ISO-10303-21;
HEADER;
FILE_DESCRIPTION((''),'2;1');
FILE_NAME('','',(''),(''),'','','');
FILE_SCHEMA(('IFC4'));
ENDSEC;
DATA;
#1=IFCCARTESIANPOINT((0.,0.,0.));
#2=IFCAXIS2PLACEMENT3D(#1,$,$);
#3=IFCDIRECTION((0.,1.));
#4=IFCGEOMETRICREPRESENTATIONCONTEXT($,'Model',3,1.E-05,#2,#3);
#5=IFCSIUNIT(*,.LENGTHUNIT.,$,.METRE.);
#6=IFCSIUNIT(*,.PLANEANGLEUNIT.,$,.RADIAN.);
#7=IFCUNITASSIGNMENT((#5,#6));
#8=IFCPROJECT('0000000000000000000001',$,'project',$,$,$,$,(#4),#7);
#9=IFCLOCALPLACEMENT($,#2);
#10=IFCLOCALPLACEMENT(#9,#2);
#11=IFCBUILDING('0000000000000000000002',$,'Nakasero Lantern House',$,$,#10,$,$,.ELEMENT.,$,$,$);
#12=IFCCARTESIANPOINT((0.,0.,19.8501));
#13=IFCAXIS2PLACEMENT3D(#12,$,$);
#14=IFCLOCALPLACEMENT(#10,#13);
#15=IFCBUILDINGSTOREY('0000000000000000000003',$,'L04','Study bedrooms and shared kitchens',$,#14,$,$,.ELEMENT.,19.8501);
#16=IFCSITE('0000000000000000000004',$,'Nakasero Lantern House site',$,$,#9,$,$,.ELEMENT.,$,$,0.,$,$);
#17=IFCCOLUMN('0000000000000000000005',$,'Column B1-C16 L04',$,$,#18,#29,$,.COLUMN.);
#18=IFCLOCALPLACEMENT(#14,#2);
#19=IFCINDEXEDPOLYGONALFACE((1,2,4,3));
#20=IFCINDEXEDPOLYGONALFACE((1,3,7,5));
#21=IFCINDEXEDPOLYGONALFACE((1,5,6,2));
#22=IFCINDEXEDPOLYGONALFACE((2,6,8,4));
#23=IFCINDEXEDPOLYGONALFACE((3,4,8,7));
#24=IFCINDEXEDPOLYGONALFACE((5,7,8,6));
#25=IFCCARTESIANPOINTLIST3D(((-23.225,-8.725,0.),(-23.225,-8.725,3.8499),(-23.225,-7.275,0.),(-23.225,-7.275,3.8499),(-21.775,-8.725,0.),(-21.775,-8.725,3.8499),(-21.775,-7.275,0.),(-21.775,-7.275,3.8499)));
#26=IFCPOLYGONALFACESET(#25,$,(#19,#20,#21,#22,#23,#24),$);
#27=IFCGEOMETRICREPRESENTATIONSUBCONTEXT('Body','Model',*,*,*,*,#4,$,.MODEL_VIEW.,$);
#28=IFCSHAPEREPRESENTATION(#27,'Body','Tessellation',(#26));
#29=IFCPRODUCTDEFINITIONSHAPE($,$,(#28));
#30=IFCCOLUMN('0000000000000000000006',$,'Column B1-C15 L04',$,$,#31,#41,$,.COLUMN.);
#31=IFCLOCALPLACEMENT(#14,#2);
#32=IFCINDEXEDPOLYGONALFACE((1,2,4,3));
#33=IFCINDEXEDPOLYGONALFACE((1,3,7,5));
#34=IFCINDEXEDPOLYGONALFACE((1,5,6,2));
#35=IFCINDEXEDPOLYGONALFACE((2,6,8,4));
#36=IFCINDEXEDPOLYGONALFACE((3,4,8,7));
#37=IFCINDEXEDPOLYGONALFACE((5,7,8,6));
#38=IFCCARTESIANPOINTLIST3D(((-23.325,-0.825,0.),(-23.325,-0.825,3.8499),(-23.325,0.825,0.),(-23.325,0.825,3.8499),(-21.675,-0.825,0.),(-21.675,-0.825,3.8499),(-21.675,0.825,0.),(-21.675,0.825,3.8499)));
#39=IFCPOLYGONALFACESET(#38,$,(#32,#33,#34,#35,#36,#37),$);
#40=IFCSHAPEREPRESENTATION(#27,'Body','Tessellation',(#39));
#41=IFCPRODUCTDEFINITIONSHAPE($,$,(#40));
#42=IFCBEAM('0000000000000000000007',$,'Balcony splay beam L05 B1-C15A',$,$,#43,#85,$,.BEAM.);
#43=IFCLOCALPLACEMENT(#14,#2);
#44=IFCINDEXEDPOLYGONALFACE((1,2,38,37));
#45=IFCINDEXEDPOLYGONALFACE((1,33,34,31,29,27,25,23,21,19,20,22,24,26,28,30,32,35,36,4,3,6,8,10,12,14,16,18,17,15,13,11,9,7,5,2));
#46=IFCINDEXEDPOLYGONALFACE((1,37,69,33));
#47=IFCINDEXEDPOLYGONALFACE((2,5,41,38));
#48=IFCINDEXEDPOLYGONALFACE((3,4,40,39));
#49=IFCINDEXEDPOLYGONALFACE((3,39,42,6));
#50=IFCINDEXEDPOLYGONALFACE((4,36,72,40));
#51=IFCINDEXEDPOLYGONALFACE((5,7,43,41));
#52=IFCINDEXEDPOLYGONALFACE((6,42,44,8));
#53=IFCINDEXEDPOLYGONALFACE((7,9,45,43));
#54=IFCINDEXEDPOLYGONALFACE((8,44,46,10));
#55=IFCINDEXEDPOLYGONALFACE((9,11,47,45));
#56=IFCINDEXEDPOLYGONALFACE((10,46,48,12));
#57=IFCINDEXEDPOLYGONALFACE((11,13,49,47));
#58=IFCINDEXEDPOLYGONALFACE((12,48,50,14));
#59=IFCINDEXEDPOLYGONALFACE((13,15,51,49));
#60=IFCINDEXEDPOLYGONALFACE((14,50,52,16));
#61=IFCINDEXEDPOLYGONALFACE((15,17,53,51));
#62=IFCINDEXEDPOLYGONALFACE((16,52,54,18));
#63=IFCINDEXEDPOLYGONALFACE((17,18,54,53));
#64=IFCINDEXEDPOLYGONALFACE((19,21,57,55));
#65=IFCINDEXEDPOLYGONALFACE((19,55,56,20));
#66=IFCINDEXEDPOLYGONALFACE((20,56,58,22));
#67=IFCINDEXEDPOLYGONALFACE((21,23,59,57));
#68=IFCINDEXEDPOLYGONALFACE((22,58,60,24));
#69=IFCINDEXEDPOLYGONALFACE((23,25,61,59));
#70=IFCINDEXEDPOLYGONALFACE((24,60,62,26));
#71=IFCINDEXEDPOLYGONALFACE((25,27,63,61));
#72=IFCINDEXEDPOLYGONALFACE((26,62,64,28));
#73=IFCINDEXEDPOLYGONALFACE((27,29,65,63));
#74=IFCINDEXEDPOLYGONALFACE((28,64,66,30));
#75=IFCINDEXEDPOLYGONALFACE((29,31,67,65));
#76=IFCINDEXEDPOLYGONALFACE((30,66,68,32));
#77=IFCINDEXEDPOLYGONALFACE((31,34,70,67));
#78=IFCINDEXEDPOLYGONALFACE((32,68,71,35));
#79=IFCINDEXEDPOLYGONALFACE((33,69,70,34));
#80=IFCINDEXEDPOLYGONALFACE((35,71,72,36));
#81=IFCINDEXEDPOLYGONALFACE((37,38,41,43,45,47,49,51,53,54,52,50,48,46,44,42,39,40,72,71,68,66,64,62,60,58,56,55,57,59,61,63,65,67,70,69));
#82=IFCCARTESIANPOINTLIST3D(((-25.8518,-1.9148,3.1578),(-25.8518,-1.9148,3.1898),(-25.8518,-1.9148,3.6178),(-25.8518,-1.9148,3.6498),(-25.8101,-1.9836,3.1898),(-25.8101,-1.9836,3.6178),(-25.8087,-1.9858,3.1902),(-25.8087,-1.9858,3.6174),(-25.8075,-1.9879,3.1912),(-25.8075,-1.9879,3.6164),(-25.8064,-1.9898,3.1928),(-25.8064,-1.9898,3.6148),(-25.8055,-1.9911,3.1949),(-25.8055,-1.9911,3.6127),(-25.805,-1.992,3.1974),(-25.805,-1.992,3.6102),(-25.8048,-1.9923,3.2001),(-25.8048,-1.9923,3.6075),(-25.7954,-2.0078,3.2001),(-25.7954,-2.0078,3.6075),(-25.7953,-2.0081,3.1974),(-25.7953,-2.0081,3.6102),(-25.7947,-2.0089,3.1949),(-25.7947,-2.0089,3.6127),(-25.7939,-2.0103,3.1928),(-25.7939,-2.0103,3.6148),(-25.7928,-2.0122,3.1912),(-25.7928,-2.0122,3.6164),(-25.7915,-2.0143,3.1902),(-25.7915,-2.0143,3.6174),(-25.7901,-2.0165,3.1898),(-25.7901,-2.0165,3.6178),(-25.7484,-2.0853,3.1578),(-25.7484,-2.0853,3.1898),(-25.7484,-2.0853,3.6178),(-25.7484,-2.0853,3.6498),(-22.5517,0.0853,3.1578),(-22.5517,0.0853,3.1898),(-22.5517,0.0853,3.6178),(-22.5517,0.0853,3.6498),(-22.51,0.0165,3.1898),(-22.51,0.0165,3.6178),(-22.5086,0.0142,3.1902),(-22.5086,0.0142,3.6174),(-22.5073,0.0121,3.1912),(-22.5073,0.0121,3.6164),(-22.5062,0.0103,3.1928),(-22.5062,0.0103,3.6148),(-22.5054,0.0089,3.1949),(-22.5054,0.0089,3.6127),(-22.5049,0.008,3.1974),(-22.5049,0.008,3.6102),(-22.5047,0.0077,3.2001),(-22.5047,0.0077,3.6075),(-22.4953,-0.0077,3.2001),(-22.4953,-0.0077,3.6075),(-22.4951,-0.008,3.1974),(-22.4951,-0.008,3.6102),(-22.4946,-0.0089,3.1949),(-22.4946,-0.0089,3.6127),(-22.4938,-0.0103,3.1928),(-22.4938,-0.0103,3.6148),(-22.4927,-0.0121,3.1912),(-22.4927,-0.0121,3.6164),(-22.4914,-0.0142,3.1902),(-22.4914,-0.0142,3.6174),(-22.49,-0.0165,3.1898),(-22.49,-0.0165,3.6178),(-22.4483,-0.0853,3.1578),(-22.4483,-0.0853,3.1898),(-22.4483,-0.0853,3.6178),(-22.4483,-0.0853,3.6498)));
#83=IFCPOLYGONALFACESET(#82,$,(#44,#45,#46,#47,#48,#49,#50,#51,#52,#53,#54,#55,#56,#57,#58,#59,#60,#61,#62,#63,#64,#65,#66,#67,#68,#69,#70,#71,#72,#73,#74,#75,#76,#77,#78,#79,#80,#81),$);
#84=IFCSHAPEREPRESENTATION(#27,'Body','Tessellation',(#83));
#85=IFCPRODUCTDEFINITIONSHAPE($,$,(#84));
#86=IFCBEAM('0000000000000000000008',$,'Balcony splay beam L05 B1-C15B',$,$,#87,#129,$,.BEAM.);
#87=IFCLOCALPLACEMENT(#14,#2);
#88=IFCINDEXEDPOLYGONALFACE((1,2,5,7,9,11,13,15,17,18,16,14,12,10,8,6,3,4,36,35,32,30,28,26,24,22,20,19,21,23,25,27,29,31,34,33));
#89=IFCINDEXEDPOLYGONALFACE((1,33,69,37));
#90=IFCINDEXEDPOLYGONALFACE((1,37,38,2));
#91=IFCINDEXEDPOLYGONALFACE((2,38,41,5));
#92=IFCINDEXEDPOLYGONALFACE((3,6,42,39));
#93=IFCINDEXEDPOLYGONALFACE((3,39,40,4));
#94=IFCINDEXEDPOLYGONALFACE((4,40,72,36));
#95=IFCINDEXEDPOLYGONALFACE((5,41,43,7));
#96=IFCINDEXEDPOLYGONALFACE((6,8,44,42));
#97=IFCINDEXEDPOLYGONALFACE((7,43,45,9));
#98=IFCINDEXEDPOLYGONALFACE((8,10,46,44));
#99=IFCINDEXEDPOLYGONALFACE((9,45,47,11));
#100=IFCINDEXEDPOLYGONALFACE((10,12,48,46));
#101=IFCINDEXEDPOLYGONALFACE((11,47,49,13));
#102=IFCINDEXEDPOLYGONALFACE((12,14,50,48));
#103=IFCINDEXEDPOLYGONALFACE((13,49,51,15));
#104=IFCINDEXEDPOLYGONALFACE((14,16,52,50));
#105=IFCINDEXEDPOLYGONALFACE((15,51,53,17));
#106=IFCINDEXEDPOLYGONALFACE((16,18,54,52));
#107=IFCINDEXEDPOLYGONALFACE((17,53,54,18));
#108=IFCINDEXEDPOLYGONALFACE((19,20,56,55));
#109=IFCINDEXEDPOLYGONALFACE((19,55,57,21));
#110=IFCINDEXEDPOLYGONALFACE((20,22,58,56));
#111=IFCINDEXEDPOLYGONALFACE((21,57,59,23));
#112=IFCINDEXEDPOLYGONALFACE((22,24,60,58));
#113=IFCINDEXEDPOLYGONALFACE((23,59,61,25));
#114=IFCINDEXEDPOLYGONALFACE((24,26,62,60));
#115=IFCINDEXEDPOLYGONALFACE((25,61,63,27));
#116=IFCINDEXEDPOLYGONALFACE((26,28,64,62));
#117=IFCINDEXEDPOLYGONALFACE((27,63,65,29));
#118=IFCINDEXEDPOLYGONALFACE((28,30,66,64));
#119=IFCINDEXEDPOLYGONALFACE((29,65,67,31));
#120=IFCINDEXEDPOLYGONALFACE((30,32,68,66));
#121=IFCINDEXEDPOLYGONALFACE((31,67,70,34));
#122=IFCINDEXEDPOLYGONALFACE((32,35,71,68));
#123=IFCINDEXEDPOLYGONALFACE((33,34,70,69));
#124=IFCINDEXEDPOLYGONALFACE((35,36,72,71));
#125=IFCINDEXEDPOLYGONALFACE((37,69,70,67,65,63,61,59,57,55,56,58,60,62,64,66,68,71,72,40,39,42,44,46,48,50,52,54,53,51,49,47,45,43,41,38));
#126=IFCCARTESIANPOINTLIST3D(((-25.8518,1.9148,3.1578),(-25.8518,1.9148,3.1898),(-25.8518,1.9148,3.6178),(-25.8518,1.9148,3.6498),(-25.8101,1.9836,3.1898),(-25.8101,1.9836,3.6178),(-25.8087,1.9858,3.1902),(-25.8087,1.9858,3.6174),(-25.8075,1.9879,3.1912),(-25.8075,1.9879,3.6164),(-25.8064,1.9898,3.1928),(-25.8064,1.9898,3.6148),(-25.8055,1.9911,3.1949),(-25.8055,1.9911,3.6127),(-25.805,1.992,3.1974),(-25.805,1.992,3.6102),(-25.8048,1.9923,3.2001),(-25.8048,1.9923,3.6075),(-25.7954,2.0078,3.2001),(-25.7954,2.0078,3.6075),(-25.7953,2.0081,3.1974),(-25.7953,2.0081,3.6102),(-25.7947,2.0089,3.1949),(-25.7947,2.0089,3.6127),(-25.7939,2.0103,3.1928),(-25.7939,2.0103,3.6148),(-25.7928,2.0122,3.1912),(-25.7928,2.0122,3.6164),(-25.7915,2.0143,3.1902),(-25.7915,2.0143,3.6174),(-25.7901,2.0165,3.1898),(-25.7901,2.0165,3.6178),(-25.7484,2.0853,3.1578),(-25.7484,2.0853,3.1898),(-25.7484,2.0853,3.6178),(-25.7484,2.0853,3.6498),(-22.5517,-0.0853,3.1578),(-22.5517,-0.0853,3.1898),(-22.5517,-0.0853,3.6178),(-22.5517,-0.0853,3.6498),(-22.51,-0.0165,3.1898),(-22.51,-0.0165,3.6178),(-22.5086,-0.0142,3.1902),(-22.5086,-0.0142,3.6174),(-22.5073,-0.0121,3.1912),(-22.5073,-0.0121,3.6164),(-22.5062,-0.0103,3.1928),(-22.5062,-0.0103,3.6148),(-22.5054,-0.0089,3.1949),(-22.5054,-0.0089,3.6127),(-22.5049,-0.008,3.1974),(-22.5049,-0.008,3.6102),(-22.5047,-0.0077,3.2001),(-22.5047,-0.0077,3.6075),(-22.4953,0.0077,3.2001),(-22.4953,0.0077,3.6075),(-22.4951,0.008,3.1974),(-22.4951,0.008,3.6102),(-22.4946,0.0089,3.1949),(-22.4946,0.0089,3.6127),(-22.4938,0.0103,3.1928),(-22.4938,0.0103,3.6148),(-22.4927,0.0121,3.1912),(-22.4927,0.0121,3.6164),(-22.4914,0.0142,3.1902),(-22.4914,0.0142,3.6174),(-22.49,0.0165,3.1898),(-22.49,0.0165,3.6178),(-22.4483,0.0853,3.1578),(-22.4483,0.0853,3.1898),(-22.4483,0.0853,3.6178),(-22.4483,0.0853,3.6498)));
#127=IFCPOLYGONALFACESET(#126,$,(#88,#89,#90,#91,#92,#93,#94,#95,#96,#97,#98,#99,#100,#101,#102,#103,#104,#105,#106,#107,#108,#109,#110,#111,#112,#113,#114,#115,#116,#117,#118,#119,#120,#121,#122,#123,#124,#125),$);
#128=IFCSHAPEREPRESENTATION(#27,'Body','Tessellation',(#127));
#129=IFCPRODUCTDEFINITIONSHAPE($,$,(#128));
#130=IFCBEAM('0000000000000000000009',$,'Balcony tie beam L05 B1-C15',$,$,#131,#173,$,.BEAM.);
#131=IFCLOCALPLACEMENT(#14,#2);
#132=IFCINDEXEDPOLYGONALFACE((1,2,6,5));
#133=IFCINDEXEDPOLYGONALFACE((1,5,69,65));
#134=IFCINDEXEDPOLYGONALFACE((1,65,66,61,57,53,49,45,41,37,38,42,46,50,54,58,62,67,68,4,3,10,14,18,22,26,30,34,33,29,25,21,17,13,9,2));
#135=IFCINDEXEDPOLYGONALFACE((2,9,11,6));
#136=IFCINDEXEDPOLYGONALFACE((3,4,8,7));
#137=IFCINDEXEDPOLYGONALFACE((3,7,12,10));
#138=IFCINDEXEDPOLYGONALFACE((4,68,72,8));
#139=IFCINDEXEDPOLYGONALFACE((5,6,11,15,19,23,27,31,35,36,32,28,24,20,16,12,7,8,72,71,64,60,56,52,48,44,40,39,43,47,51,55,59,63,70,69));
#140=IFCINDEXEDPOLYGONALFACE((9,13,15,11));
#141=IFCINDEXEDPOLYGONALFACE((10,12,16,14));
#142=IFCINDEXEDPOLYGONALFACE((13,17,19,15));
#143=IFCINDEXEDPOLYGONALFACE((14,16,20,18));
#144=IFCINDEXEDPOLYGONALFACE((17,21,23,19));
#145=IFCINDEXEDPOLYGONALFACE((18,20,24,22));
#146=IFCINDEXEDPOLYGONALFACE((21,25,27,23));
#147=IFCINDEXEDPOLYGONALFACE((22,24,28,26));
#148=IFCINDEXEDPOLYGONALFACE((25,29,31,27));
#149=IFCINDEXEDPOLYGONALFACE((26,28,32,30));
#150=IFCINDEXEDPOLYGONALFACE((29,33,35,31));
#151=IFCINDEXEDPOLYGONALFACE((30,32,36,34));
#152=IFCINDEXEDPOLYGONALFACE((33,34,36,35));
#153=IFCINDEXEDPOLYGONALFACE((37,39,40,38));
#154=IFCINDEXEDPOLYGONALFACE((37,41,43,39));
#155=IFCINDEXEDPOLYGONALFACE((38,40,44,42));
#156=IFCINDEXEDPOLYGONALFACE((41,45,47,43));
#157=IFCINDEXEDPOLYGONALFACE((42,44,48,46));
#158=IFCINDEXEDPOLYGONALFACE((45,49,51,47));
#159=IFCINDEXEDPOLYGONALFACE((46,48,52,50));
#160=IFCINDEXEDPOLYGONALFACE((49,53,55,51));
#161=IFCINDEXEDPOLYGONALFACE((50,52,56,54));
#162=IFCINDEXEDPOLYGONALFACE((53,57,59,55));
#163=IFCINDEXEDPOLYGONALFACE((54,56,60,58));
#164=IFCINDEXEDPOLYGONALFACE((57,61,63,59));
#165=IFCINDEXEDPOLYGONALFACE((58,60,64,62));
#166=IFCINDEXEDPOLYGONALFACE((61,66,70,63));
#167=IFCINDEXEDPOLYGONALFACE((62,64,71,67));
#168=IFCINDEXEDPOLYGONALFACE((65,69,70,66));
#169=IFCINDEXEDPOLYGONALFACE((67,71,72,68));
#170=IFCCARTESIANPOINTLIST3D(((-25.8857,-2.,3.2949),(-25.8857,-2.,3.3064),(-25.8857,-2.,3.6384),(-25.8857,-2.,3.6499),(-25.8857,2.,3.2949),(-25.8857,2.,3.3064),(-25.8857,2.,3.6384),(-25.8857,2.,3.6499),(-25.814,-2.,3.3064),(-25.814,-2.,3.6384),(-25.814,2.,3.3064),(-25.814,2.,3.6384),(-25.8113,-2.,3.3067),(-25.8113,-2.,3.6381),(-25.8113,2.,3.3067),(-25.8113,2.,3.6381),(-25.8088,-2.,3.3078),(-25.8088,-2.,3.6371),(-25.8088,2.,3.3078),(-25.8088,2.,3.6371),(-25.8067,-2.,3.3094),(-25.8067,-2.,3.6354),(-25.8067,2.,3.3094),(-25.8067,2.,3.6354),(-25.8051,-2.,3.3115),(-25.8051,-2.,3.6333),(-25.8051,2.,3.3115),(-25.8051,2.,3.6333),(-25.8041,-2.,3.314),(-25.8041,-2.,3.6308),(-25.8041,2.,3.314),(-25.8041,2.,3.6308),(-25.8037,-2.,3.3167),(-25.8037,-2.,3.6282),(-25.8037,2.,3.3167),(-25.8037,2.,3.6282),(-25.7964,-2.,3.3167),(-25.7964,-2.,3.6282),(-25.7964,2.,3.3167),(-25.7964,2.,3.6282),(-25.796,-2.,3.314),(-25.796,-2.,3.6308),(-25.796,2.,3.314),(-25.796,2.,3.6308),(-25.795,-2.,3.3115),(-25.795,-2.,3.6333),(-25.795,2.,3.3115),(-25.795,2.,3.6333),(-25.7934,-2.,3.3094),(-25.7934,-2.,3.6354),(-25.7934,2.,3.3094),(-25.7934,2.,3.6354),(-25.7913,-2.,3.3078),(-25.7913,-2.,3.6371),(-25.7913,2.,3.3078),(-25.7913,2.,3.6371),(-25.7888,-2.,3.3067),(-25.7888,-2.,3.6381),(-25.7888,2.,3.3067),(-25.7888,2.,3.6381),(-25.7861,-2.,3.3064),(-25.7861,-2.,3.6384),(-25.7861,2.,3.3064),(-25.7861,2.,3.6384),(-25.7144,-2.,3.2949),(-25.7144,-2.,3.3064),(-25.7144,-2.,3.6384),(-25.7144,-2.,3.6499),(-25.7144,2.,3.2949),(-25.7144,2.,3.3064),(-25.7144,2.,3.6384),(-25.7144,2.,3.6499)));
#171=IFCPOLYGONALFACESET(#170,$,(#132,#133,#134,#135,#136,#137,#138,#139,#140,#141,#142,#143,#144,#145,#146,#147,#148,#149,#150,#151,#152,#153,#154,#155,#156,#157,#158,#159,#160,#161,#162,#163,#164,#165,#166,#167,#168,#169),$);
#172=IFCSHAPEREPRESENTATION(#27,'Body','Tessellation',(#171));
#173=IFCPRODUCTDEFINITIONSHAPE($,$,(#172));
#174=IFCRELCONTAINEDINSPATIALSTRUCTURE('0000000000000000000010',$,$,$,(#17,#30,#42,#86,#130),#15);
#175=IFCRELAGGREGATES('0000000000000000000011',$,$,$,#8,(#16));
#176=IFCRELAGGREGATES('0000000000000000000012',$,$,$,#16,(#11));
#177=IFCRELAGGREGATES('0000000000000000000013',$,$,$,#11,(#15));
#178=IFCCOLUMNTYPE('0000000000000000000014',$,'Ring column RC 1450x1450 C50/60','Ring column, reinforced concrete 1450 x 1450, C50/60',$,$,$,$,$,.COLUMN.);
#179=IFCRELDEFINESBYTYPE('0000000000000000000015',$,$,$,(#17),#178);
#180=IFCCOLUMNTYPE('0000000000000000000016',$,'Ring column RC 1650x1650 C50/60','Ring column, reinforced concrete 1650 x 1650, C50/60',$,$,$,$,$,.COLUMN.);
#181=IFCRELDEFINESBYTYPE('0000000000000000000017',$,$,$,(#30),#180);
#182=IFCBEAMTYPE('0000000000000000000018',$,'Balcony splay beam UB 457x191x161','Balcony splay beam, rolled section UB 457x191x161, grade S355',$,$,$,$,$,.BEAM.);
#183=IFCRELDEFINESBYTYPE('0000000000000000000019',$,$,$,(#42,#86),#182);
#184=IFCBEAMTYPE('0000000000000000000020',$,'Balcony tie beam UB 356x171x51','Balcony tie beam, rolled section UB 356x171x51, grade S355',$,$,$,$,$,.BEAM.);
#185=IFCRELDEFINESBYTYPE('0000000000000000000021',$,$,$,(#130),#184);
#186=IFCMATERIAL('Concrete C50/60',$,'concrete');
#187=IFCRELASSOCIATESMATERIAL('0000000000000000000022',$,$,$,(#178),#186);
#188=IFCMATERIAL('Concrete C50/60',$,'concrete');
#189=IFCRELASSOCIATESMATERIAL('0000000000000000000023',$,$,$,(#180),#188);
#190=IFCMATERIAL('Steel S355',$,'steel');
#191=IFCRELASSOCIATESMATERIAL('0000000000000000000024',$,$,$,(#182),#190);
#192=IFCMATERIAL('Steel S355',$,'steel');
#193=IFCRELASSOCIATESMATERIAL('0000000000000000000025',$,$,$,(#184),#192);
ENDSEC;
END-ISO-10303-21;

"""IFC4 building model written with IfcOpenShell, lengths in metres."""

from ifc_helpers import new_model, si_unit, direction, frame, origin, origin_2d, place, context, subcontext, project, spatial, rectangle, i_section, extrude, material, material_profile, profile_set, type_object, element, save


model = new_model("IFC4")

# Units and contexts
model_context = context("Model", 3, precision=1e-05, world=origin(), true_north=direction((0.0, 1.0)))
body_context = subcontext(model_context, "Body", "Model", "MODEL_VIEW")
ifc_project = project(units=[si_unit("LENGTHUNIT", "METRE"), si_unit("PLANEANGLEUNIT", "RADIAN")], contexts=[model_context])

# Site, building, storey
site_placement = place(None, origin())
site = spatial("IfcSite", under=ifc_project, at=site_placement, Name="Nakasero Lantern House site", CompositionType="ELEMENT", RefElevation=0.0)
building_placement = place(site_placement, origin())
building = spatial("IfcBuilding", under=site, at=building_placement, Name="Nakasero Lantern House", CompositionType="ELEMENT")
storey_placement = place(building_placement, frame((0.0, 0.0, 19.8501)))
storey = spatial("IfcBuildingStorey", under=building, at=storey_placement, Name="L04", Description="Study bedrooms and shared kitchens", CompositionType="ELEMENT", Elevation=19.8501)

# Columns
ifc_material_1 = material(Name="Concrete C50/60", Category="concrete")
ifc_material_profile_1 = material_profile(ifc_material_1, rectangle(XDim=1.45, YDim=1.45, at=origin_2d()), Name="RC 1450x1450")
ifc_profile_set_1 = profile_set([ifc_material_profile_1], Name="Concrete C50/60")
column_type_1 = type_object("IfcColumnType", Name="Ring column RC 1450x1450 C50/60", Description="Ring column, reinforced concrete 1450 x 1450, C50/60", PredefinedType="COLUMN", material=ifc_profile_set_1)
column_1_placement = place(storey_placement, frame((-22.5, -8.0, 0.0), z_axis=(0.0, 0.0, 1.0), x_axis=(1.0, 0.0, 0.0)))
element("IfcColumn", 1, at=column_1_placement, inside=storey, type_object=column_type_1, Name="Column B1-C16 L04", PredefinedType="COLUMN", context=body_context, shape_type="SweptSolid", body=[
    extrude(rectangle(XDim=1.45, YDim=1.45, at=origin_2d()), origin(), (0.0, 0.0, 1.0), 3.8499),
])
ifc_material_2 = material(Name="Concrete C50/60", Category="concrete")
ifc_material_profile_2 = material_profile(ifc_material_2, rectangle(XDim=1.6499, YDim=1.6499, at=origin_2d()), Name="RC 1650x1650")
ifc_profile_set_2 = profile_set([ifc_material_profile_2], Name="Concrete C50/60")
column_type_2 = type_object("IfcColumnType", Name="Ring column RC 1650x1650 C50/60", Description="Ring column, reinforced concrete 1650 x 1650, C50/60", PredefinedType="COLUMN", material=ifc_profile_set_2)
column_2_placement = place(storey_placement, frame((-22.5, 0.0, 0.0), z_axis=(0.0, 0.0, 1.0), x_axis=(1.0, 0.0, 0.0)))
element("IfcColumn", 2, at=column_2_placement, inside=storey, type_object=column_type_2, Name="Column B1-C15 L04", PredefinedType="COLUMN", context=body_context, shape_type="SweptSolid", body=[
    extrude(rectangle(XDim=1.6499, YDim=1.6499, at=origin_2d()), origin(), (0.0, 0.0, 1.0), 3.8499),
])

# Beams
ifc_material_3 = material(Name="Steel S355", Category="steel")
ifc_material_profile_3 = material_profile(ifc_material_3, i_section(OverallWidth=0.1995, OverallDepth=0.4919, WebThickness=0.0181, FlangeThickness=0.032, FilletRadius=0.0103, at=origin_2d()), Name="UB 457x191x161")
ifc_profile_set_3 = profile_set([ifc_material_profile_3], Name="Steel S355")
beam_type_1 = type_object("IfcBeamType", Name="Balcony splay beam UB 457x191x161", Description="Balcony splay beam, rolled section UB 457x191x161, grade S355", PredefinedType="BEAM", material=ifc_profile_set_3)
for number, where, z_axis, x_axis, name in (
    (3, (-22.5, 0.0, 3.4038), (-0.855201, -0.518296, 0.0), (0.518296, -0.855201, 0.0), "Balcony splay beam L05 B1-C15A"),
    (4, (-22.5, 0.0, 3.4038), (-0.855201, 0.518296, 0.0), (-0.518296, -0.855201, 0.0), "Balcony splay beam L05 B1-C15B"),
):
    element("IfcBeam", number, at=place(storey_placement, frame(where, z_axis=z_axis, x_axis=x_axis)), inside=storey, type_object=beam_type_1, Name=name, PredefinedType="BEAM", context=body_context, shape_type="SweptSolid", body=[
        extrude(i_section(OverallWidth=0.1995, OverallDepth=0.4919, WebThickness=0.0181, FlangeThickness=0.032, FilletRadius=0.0103, at=origin_2d()), origin(), (0.0, 0.0, 1.0), 3.8589),
    ])
ifc_material_4 = material(Name="Steel S355", Category="steel")
ifc_material_profile_4 = material_profile(ifc_material_4, i_section(OverallWidth=0.1714, OverallDepth=0.355, WebThickness=0.0073, FlangeThickness=0.0115, FilletRadius=0.0103, at=origin_2d()), Name="UB 356x171x51")
ifc_profile_set_4 = profile_set([ifc_material_profile_4], Name="Steel S355")
beam_type_2 = type_object("IfcBeamType", Name="Balcony tie beam UB 356x171x51", Description="Balcony tie beam, rolled section UB 356x171x51, grade S355", PredefinedType="BEAM", material=ifc_profile_set_4)
beam_1_placement = place(storey_placement, frame((-25.8, -2.0, 3.4724), z_axis=(0.0, 1.0, 0.0), x_axis=(-1.0, 0.0, 0.0)))
element("IfcBeam", 5, at=beam_1_placement, inside=storey, type_object=beam_type_2, Name="Balcony tie beam L05 B1-C15", PredefinedType="BEAM", context=body_context, shape_type="SweptSolid", body=[
    extrude(i_section(OverallWidth=0.1714, OverallDepth=0.355, WebThickness=0.0073, FlangeThickness=0.0115, FilletRadius=0.0103, at=origin_2d()), origin(), (0.0, 0.0, 1.0), 4.0),
])

save(model, "model.ifc")
